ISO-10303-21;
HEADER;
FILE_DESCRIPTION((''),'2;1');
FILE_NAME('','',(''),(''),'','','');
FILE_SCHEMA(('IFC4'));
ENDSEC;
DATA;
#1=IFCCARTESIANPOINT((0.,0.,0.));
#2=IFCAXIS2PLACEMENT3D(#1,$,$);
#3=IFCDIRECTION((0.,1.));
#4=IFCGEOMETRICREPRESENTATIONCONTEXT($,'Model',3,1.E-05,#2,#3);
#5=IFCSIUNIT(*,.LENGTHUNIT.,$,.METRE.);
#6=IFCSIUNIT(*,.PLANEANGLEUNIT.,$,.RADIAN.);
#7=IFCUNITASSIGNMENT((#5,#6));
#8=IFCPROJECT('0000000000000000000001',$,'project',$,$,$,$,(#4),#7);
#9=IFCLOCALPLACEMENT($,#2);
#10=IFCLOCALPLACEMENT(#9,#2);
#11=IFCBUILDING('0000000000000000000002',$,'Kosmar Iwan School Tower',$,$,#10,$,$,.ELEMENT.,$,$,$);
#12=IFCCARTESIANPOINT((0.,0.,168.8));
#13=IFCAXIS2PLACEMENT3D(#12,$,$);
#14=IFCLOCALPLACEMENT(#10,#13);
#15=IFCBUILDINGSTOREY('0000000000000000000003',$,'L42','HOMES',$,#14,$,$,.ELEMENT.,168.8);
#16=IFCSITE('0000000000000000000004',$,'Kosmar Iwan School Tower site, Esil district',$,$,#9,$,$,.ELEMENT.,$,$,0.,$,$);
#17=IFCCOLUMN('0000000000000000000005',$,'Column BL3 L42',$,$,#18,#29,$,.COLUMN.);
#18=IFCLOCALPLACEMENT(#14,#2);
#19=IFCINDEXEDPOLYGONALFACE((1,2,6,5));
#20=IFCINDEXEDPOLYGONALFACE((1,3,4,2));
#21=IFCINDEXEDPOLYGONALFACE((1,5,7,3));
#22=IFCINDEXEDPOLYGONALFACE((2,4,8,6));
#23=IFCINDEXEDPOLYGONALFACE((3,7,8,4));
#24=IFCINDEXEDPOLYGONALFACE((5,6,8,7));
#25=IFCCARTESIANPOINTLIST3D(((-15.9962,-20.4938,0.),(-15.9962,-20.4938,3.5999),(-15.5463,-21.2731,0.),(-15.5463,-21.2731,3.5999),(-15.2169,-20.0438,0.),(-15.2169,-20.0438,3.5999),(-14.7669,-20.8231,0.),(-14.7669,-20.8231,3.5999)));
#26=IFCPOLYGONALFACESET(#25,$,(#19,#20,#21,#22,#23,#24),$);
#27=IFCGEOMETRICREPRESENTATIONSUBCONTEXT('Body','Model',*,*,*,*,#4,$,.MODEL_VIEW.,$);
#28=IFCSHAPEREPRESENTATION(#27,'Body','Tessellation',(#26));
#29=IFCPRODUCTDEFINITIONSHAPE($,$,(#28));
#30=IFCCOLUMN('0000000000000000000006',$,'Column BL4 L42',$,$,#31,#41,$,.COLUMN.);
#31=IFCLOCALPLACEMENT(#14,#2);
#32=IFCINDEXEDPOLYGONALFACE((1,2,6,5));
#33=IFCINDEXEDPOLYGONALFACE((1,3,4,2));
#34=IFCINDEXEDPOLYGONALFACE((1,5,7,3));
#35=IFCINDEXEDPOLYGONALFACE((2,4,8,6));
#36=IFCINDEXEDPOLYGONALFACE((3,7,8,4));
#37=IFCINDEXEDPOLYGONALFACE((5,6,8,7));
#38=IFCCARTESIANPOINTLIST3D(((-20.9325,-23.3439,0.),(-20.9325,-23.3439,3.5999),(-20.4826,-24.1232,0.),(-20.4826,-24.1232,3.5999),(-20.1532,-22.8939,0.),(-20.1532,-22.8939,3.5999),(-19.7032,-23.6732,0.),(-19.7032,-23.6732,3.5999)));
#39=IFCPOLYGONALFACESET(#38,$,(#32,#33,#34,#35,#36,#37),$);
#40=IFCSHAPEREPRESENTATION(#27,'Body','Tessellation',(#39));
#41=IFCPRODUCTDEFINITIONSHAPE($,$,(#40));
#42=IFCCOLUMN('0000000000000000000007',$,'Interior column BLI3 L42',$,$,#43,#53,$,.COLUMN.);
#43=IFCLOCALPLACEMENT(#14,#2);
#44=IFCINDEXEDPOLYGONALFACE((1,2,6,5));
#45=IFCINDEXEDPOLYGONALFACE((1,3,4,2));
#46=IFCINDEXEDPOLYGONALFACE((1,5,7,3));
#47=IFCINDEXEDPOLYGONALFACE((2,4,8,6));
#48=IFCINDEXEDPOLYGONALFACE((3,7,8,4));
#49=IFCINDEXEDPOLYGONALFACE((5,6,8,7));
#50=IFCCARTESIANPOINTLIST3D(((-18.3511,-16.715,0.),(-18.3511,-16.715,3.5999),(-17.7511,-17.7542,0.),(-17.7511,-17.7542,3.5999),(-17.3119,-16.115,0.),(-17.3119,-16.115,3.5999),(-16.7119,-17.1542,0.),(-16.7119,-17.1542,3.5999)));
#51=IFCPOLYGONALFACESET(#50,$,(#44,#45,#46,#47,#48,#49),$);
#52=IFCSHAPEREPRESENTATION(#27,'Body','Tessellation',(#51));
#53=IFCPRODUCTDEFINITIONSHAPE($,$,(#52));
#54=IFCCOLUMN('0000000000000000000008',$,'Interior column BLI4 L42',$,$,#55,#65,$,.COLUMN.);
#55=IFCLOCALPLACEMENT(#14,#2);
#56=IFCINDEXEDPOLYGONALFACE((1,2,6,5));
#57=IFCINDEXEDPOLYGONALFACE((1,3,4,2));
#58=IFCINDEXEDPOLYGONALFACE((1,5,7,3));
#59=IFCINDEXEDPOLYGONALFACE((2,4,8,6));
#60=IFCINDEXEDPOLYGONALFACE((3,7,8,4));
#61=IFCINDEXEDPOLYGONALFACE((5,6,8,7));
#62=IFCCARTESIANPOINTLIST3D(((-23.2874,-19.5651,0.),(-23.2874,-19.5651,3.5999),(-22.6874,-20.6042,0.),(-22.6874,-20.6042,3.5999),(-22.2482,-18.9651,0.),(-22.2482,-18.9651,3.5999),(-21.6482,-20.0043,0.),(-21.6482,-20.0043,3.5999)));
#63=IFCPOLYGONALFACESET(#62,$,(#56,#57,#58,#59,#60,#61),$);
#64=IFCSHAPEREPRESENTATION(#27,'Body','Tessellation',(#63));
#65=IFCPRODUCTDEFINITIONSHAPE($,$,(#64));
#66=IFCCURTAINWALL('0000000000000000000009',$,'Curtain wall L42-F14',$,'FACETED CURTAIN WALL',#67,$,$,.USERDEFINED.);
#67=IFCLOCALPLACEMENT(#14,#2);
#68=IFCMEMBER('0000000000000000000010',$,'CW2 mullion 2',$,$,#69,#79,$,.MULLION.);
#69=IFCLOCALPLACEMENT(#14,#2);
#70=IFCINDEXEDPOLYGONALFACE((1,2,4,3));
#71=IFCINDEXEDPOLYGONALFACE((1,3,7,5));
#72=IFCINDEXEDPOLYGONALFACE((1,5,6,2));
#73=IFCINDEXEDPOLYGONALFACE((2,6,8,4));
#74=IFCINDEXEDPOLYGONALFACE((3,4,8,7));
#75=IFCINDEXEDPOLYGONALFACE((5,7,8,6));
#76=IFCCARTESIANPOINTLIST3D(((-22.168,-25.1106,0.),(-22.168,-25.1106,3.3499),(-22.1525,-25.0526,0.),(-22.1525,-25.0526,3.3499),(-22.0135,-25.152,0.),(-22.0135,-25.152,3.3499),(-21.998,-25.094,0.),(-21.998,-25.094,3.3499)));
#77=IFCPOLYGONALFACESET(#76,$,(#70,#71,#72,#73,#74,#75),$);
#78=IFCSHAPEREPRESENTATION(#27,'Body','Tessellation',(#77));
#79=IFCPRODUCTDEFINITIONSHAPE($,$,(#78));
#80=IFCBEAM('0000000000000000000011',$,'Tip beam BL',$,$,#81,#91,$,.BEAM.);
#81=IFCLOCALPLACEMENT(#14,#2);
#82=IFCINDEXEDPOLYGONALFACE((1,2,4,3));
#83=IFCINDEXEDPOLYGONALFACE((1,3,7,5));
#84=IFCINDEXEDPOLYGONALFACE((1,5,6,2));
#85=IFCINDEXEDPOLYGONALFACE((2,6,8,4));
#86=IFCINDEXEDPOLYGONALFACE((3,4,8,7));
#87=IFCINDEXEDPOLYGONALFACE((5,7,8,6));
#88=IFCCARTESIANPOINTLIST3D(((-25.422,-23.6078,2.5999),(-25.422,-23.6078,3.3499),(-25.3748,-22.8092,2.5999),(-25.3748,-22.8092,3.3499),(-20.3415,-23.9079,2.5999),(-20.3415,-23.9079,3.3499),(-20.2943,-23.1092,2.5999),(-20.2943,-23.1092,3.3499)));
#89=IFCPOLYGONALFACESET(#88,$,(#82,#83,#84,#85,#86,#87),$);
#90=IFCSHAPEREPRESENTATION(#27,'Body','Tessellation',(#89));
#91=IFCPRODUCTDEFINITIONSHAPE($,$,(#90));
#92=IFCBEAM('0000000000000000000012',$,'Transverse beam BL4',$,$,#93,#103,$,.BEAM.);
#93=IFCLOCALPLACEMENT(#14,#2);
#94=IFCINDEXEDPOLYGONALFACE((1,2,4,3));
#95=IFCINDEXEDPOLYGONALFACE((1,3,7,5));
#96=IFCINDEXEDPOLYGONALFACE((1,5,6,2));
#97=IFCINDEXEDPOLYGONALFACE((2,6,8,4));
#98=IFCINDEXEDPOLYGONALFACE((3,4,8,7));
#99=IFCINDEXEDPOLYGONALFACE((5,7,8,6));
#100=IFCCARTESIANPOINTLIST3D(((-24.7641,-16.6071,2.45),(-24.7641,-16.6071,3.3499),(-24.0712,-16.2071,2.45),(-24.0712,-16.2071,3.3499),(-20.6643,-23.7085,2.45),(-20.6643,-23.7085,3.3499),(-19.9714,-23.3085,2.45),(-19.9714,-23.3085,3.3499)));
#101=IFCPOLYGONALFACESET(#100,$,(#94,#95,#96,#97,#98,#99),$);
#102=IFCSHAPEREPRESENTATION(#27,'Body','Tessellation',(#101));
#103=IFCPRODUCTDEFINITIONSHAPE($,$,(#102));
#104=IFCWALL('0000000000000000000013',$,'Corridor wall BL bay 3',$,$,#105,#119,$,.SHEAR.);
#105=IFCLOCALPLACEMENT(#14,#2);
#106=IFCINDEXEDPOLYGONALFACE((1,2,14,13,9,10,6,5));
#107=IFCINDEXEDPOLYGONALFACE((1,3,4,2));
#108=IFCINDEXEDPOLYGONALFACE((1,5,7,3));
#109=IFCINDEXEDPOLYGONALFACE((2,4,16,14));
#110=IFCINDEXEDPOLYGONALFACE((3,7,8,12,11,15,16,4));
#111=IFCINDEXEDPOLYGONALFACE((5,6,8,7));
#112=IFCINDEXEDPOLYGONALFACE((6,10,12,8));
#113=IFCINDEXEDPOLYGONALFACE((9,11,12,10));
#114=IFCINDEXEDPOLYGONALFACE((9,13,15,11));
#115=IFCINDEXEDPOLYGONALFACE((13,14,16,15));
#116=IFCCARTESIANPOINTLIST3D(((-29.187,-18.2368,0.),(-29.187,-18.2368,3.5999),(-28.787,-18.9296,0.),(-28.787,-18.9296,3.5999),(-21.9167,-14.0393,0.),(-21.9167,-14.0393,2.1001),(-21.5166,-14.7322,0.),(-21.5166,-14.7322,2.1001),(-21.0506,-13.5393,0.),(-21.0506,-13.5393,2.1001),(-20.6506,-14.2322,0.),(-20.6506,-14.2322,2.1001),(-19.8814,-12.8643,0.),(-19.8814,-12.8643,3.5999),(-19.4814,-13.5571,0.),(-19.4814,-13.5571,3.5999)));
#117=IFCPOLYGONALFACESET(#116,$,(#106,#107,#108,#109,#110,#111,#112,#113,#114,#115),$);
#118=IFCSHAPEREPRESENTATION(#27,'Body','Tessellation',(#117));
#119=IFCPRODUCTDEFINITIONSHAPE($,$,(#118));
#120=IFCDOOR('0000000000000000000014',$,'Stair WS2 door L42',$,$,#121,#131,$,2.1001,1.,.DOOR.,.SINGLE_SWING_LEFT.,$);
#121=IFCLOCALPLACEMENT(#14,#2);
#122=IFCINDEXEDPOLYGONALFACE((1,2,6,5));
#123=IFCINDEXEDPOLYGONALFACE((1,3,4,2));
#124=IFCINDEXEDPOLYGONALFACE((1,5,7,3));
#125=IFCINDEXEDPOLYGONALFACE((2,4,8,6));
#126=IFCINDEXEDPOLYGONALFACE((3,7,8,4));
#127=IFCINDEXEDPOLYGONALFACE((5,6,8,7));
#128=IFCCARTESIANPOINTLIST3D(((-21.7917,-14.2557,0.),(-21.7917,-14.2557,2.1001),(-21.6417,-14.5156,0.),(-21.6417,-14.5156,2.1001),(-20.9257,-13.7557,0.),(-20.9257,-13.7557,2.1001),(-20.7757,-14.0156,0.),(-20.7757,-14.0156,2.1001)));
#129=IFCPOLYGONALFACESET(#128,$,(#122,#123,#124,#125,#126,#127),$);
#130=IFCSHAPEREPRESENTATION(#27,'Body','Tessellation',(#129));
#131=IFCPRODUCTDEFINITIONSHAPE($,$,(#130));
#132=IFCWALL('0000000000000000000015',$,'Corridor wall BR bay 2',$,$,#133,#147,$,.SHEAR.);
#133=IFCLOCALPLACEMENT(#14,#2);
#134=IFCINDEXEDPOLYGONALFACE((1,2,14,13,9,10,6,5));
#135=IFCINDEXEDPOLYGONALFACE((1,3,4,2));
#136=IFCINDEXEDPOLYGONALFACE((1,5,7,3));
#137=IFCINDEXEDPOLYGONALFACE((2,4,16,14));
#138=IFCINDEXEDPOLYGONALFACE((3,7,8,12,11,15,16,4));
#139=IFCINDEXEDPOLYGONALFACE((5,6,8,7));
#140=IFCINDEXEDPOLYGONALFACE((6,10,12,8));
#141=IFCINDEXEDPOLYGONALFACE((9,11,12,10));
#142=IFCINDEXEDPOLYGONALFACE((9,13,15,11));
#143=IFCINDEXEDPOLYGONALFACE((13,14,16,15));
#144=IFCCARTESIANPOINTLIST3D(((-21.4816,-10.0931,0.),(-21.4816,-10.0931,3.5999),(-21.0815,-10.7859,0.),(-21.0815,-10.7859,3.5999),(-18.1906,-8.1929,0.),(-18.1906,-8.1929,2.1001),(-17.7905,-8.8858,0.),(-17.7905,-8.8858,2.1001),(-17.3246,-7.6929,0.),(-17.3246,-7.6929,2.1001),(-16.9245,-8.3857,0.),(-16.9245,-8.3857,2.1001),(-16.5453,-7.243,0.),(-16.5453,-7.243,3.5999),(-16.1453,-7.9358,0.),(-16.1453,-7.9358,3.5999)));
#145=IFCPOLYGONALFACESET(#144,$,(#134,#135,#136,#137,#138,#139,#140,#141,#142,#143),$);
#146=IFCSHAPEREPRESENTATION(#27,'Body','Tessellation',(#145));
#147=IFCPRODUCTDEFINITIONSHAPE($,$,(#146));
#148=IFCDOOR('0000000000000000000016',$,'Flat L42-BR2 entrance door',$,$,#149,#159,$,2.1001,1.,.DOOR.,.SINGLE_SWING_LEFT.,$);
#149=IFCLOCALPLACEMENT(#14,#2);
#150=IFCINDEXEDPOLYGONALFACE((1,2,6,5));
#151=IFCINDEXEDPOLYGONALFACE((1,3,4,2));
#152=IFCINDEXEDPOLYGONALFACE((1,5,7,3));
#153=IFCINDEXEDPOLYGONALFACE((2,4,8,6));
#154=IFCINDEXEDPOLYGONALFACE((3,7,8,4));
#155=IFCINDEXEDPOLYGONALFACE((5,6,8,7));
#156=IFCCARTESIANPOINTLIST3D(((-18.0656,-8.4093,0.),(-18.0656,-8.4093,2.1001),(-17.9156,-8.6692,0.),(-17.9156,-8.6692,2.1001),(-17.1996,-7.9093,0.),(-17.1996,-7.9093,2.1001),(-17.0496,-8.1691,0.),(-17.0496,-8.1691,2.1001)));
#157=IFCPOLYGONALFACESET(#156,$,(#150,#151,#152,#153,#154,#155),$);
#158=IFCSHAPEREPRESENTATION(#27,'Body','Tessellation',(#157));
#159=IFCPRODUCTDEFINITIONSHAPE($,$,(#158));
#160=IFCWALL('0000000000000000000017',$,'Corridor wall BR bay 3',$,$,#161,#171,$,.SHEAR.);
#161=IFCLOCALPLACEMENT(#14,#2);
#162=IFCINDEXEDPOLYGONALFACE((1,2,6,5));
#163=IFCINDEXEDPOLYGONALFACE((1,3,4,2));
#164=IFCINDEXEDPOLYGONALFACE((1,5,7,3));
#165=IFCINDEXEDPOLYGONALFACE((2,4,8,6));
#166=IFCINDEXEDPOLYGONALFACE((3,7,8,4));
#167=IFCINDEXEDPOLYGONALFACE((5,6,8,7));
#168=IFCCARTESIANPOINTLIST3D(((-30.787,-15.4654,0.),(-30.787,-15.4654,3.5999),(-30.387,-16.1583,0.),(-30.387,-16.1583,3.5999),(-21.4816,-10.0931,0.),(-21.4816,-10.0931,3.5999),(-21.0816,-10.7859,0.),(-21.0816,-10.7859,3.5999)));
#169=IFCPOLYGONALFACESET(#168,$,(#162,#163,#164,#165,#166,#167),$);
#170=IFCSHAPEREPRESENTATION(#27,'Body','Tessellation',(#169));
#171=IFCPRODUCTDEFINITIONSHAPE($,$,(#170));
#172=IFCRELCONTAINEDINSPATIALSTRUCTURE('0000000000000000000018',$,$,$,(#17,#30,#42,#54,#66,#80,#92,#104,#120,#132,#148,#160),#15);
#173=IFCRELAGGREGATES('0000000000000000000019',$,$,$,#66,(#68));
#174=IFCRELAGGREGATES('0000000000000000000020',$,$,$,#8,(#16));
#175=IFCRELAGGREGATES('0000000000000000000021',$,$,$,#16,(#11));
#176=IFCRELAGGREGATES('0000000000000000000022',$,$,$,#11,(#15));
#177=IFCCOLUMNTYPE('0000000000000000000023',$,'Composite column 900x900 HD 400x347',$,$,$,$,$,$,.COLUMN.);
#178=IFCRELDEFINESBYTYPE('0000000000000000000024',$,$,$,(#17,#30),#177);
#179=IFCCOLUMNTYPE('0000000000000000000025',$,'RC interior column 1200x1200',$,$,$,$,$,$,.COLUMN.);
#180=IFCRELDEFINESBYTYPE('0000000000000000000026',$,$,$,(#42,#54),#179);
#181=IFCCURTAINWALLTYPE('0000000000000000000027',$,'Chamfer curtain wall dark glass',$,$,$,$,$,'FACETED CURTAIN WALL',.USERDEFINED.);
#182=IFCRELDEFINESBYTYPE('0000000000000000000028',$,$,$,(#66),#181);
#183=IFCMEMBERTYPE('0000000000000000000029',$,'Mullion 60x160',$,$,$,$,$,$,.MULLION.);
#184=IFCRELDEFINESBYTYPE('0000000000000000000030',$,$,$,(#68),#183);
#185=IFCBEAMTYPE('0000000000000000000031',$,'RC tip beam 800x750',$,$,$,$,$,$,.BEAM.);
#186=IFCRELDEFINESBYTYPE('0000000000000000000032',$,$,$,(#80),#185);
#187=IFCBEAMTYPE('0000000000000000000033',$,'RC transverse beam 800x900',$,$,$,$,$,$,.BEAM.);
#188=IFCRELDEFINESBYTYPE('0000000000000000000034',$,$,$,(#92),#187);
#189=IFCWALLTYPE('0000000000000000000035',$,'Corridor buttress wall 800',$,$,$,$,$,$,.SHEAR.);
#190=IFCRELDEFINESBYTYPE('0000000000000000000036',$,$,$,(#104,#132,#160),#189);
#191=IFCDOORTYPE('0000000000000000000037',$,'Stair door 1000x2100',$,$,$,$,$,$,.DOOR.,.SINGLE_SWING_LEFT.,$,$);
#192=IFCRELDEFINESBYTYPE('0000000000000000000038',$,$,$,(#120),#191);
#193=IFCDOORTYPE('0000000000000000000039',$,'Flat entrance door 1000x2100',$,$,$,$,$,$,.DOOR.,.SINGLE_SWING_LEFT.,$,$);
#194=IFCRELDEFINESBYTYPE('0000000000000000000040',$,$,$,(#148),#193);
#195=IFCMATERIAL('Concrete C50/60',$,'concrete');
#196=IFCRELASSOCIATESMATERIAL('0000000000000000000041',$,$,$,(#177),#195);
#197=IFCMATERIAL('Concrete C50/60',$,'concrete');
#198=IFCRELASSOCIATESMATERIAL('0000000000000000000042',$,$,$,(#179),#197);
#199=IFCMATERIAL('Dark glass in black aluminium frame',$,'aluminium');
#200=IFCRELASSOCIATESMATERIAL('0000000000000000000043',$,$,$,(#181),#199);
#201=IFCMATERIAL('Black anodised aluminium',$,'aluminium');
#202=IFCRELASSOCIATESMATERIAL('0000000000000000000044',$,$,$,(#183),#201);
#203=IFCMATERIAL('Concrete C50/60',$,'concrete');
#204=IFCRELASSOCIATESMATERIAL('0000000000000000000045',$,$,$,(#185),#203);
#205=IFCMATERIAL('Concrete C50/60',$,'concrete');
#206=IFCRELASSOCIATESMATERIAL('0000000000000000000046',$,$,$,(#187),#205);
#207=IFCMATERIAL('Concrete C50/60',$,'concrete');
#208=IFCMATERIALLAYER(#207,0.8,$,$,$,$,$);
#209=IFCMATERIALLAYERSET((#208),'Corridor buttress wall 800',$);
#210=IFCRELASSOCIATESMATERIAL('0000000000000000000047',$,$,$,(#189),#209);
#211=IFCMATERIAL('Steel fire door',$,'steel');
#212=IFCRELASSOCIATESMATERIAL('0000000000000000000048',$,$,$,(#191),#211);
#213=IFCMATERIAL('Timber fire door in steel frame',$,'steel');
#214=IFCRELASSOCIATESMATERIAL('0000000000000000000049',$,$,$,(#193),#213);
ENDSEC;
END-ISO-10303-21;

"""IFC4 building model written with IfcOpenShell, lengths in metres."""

from ifc_helpers import new_model, si_unit, direction, frame, frame_2d, origin, origin_2d, place, context, subcontext, project, spatial, rectangle, extrude, material, layer, layer_set, material_profile, profile_set, type_object, element, fill, aggregate, save


model = new_model("IFC4")

# Units and contexts
model_context = context("Model", 3, precision=1e-05, world=origin(), true_north=direction((0.0, 1.0)))
body_context = subcontext(model_context, "Body", "Model", "MODEL_VIEW")
ifc_project = project(units=[si_unit("LENGTHUNIT", "METRE"), si_unit("PLANEANGLEUNIT", "RADIAN")], contexts=[model_context])

# Site, building, storey
site_placement = place(None, origin())
site = spatial("IfcSite", under=ifc_project, at=site_placement, Name="Kosmar Iwan School Tower site, Esil district", CompositionType="ELEMENT", RefElevation=0.0)
building_placement = place(site_placement, origin())
building = spatial("IfcBuilding", under=site, at=building_placement, Name="Kosmar Iwan School Tower", CompositionType="ELEMENT")
storey_placement = place(building_placement, frame((0.0, 0.0, 168.8)))
storey = spatial("IfcBuildingStorey", under=building, at=storey_placement, Name="L42", Description="HOMES", CompositionType="ELEMENT", Elevation=168.8)

# Columns
ifc_material_1 = material(Name="Concrete C50/60", Category="concrete")
ifc_material_profile_1 = material_profile(ifc_material_1, rectangle(XDim=0.8999, YDim=0.8999, at=origin_2d()), Name="RC 900x900 + HD 400x347")
ifc_profile_set_1 = profile_set([ifc_material_profile_1], Name="Concrete C50/60")
column_type_1 = type_object("IfcColumnType", Name="Composite column 900x900 HD 400x347", PredefinedType="COLUMN", material=ifc_profile_set_1)
for number, where, z_axis, x_axis, name in (
    (1, (-15.3816, -20.6584, 0.0), (0.0, 0.0, 1.0), (-0.866025, -0.5, 0.0), "Column BL3 L42"),
    (2, (-20.3179, -23.5085, 0.0), (0.0, 0.0, 1.0), (-0.866025, -0.5, 0.0), "Column BL4 L42"),
):
    element("IfcColumn", number, at=place(storey_placement, frame(where, z_axis=z_axis, x_axis=x_axis)), inside=storey, type_object=column_type_1, Name=name, PredefinedType="COLUMN", context=body_context, shape_type="SweptSolid", body=[
        extrude(rectangle(XDim=0.8999, YDim=0.8999, at=origin_2d()), origin(), (0.0, 0.0, 1.0), 3.5999),
    ])
ifc_material_2 = material(Name="Concrete C50/60", Category="concrete")
ifc_material_profile_2 = material_profile(ifc_material_2, rectangle(XDim=1.2, YDim=1.2, at=origin_2d()), Name="RC 1200x1200")
ifc_profile_set_2 = profile_set([ifc_material_profile_2], Name="Concrete C50/60")
column_type_2 = type_object("IfcColumnType", Name="RC interior column 1200x1200", PredefinedType="COLUMN", material=ifc_profile_set_2)
for number, where, z_axis, x_axis, name in (
    (3, (-17.5315, -16.9346, 0.0), (0.0, 0.0, 1.0), (-0.866025, -0.5, 0.0), "Interior column BLI3 L42"),
    (4, (-22.4678, -19.7847, 0.0), (0.0, 0.0, 1.0), (-0.866025, -0.5, 0.0), "Interior column BLI4 L42"),
):
    element("IfcColumn", number, at=place(storey_placement, frame(where, z_axis=z_axis, x_axis=x_axis)), inside=storey, type_object=column_type_2, Name=name, PredefinedType="COLUMN", context=body_context, shape_type="SweptSolid", body=[
        extrude(rectangle(XDim=1.2, YDim=1.2, at=origin_2d()), origin(), (0.0, 0.0, 1.0), 3.5999),
    ])

# Curtain wall, member
ifc_material_3 = material(Name="Dark glass in black aluminium frame", Category="aluminium")
curtain_wall_type = type_object("IfcCurtainWallType", Name="Chamfer curtain wall dark glass", ElementType="FACETED CURTAIN WALL", PredefinedType="USERDEFINED", material=ifc_material_3)
curtain_wall_placement = place(storey_placement, origin())
curtain_wall = element("IfcCurtainWall", 5, at=curtain_wall_placement, inside=storey, type_object=curtain_wall_type, Name="Curtain wall L42-F14", ObjectType="FACETED CURTAIN WALL", PredefinedType="USERDEFINED")
ifc_material_4 = material(Name="Black anodised aluminium", Category="aluminium")
ifc_material_profile_3 = material_profile(ifc_material_4, rectangle(XDim=0.0601, YDim=0.1599, at=origin_2d()), Name="MULLION 60x160")
ifc_profile_set_3 = profile_set([ifc_material_profile_3], Name="Black anodised aluminium")
member_type = type_object("IfcMemberType", Name="Mullion 60x160", PredefinedType="MULLION", material=ifc_profile_set_3)
member_placement = place(storey_placement, frame((-22.083, -25.1023, 0.0), z_axis=(0.0, 0.0, 1.0), x_axis=(0.258819, 0.965926, 0.0)))
member = element("IfcMember", 6, at=member_placement, type_object=member_type, Name="CW2 mullion 2", PredefinedType="MULLION", context=body_context, shape_type="SweptSolid", body=[
    extrude(rectangle(XDim=0.0601, YDim=0.1599, at=origin_2d()), origin(), (0.0, 0.0, 1.0), 3.3499),
])
aggregate(curtain_wall, [member])

# Beams
ifc_material_5 = material(Name="Concrete C50/60", Category="concrete")
ifc_material_profile_4 = material_profile(ifc_material_5, rectangle(XDim=0.8, YDim=0.75, at=origin_2d()), Name="RC 800x750")
ifc_profile_set_4 = profile_set([ifc_material_profile_4], Name="Concrete C50/60")
beam_type_1 = type_object("IfcBeamType", Name="RC tip beam 800x750", PredefinedType="BEAM", material=ifc_profile_set_4)
beam_1_placement = place(storey_placement, frame((-20.3179, -23.5085, 2.9749), z_axis=(-0.998261, 0.058955, 0.0), x_axis=(-0.058955, -0.998261, 0.0)))
element("IfcBeam", 7, at=beam_1_placement, inside=storey, type_object=beam_type_1, Name="Tip beam BL", PredefinedType="BEAM", context=body_context, shape_type="SweptSolid", body=[
    extrude(rectangle(XDim=0.8, YDim=0.75, at=origin_2d()), origin(), (0.0, 0.0, 1.0), 5.0894),
])
ifc_material_6 = material(Name="Concrete C50/60", Category="concrete")
ifc_material_profile_5 = material_profile(ifc_material_6, rectangle(XDim=0.8, YDim=0.8999, at=origin_2d()), Name="RC 800x900")
ifc_profile_set_5 = profile_set([ifc_material_profile_5], Name="Concrete C50/60")
beam_type_2 = type_object("IfcBeamType", Name="RC transverse beam 800x900", PredefinedType="BEAM", material=ifc_profile_set_5)
beam_2_placement = place(storey_placement, frame((-20.3179, -23.5085, 2.8999), z_axis=(-0.499978, 0.866038, 0.0), x_axis=(-0.866038, -0.499978, 0.0)))
element("IfcBeam", 8, at=beam_2_placement, inside=storey, type_object=beam_type_2, Name="Transverse beam BL4", PredefinedType="BEAM", context=body_context, shape_type="SweptSolid", body=[
    extrude(rectangle(XDim=0.8, YDim=0.8999, at=origin_2d()), origin(), (0.0, 0.0, 1.0), 8.2),
])

# Walls, openings, doors
ifc_material_7 = material(Name="Concrete C50/60", Category="concrete")
ifc_layer_1 = layer(ifc_material_7, 0.8)
ifc_layer_set_1 = layer_set([ifc_layer_1], Name="Corridor buttress wall 800")
wall_type_1 = type_object("IfcWallType", Name="Corridor buttress wall 800", PredefinedType="SHEAR", material=ifc_layer_set_1)
wall_1_placement = place(storey_placement, frame((-19.6814, -13.2107, 0.0), z_axis=(0.0, 0.0, 1.0), x_axis=(-0.866028, -0.499995, 0.0)))
wall_1 = element("IfcWall", 9, at=wall_1_placement, inside=storey, type_object=wall_type_1, Name="Corridor wall BL bay 3", PredefinedType="SHEAR", context=body_context, shape_type="SweptSolid", body=[
    extrude(rectangle(XDim=10.7451, YDim=0.8, at=frame_2d((5.3726, 0.0))), origin(), (0.0, 0.0, 1.0), 3.5999),
])
opening_1_placement = place(wall_1_placement, frame((1.3501, 0.0, 0.0)))
opening_1 = element("IfcOpeningElement", 10, at=opening_1_placement, cuts=wall_1, PredefinedType="OPENING", context=body_context, shape_type="SweptSolid", body=[
    extrude(rectangle(XDim=1.0, YDim=2.1001, at=frame_2d((0.5, 1.05))), frame((0.0, 0.4121, 0.0), z_axis=(0.0, -1.0, 0.0), x_axis=(1.0, 0.0, 0.0)), (0.0, 0.0, 1.0), 0.824),
])
ifc_material_8 = material(Name="Steel fire door", Category="steel")
door_type_1 = type_object("IfcDoorType", Name="Stair door 1000x2100", OperationType="SINGLE_SWING_LEFT", PredefinedType="DOOR", material=ifc_material_8)
door_1_placement = place(opening_1_placement, origin())
door_1 = element("IfcDoor", 11, at=door_1_placement, inside=storey, type_object=door_type_1, Name="Stair WS2 door L42", OperationType="SINGLE_SWING_LEFT", OverallHeight=2.1001, OverallWidth=1.0, PredefinedType="DOOR", context=body_context, shape_type="SweptSolid", body=[
    extrude(rectangle(XDim=1.0, YDim=2.1001, at=frame_2d((0.5, 1.05))), frame((0.0, 0.1499, 0.0), z_axis=(0.0, -1.0, 0.0), x_axis=(1.0, 0.0, 0.0)), (0.0, 0.0, 1.0), 0.3),
])
fill(opening_1, door_1)
wall_2_placement = place(storey_placement, frame((-16.3452, -7.5894, 0.0), z_axis=(0.0, 0.0, 1.0), x_axis=(-0.866015, -0.500018, 0.0)))
wall_2 = element("IfcWall", 12, at=wall_2_placement, inside=storey, type_object=wall_type_1, Name="Corridor wall BR bay 2", PredefinedType="SHEAR", context=body_context, shape_type="SweptSolid", body=[
    extrude(rectangle(XDim=5.7, YDim=0.8, at=frame_2d((2.8501, 0.0))), origin(), (0.0, 0.0, 1.0), 3.5999),
])
opening_2_placement = place(wall_2_placement, frame((0.8999, 0.0, 0.0)))
opening_2 = element("IfcOpeningElement", 13, at=opening_2_placement, cuts=wall_2, PredefinedType="OPENING", context=body_context, shape_type="SweptSolid", body=[
    extrude(rectangle(XDim=1.0, YDim=2.1001, at=frame_2d((0.5, 1.05))), frame((0.0, 0.4121, 0.0), z_axis=(0.0, -1.0, 0.0), x_axis=(1.0, 0.0, 0.0)), (0.0, 0.0, 1.0), 0.824),
])
ifc_material_9 = material(Name="Timber fire door in steel frame", Category="steel")
door_type_2 = type_object("IfcDoorType", Name="Flat entrance door 1000x2100", OperationType="SINGLE_SWING_LEFT", PredefinedType="DOOR", material=ifc_material_9)
door_2_placement = place(opening_2_placement, origin())
door_2 = element("IfcDoor", 14, at=door_2_placement, inside=storey, type_object=door_type_2, Name="Flat L42-BR2 entrance door", OperationType="SINGLE_SWING_LEFT", OverallHeight=2.1001, OverallWidth=1.0, PredefinedType="DOOR", context=body_context, shape_type="SweptSolid", body=[
    extrude(rectangle(XDim=1.0, YDim=2.1001, at=frame_2d((0.5, 1.05))), frame((0.0, 0.1499, 0.0), z_axis=(0.0, -1.0, 0.0), x_axis=(1.0, 0.0, 0.0)), (0.0, 0.0, 1.0), 0.3),
])
fill(opening_2, door_2)

# Wall
wall_3_placement = place(storey_placement, frame((-21.2815, -10.4395, 0.0), z_axis=(0.0, 0.0, 1.0), x_axis=(-0.866032, -0.499988, 0.0)))
element("IfcWall", 15, at=wall_3_placement, inside=storey, type_object=wall_type_1, Name="Corridor wall BR bay 3", PredefinedType="SHEAR", context=body_context, shape_type="SweptSolid", body=[
    extrude(rectangle(XDim=10.7449, YDim=0.8, at=frame_2d((5.3726, 0.0))), origin(), (0.0, 0.0, 1.0), 3.5999),
])

save(model, "model.ifc")
